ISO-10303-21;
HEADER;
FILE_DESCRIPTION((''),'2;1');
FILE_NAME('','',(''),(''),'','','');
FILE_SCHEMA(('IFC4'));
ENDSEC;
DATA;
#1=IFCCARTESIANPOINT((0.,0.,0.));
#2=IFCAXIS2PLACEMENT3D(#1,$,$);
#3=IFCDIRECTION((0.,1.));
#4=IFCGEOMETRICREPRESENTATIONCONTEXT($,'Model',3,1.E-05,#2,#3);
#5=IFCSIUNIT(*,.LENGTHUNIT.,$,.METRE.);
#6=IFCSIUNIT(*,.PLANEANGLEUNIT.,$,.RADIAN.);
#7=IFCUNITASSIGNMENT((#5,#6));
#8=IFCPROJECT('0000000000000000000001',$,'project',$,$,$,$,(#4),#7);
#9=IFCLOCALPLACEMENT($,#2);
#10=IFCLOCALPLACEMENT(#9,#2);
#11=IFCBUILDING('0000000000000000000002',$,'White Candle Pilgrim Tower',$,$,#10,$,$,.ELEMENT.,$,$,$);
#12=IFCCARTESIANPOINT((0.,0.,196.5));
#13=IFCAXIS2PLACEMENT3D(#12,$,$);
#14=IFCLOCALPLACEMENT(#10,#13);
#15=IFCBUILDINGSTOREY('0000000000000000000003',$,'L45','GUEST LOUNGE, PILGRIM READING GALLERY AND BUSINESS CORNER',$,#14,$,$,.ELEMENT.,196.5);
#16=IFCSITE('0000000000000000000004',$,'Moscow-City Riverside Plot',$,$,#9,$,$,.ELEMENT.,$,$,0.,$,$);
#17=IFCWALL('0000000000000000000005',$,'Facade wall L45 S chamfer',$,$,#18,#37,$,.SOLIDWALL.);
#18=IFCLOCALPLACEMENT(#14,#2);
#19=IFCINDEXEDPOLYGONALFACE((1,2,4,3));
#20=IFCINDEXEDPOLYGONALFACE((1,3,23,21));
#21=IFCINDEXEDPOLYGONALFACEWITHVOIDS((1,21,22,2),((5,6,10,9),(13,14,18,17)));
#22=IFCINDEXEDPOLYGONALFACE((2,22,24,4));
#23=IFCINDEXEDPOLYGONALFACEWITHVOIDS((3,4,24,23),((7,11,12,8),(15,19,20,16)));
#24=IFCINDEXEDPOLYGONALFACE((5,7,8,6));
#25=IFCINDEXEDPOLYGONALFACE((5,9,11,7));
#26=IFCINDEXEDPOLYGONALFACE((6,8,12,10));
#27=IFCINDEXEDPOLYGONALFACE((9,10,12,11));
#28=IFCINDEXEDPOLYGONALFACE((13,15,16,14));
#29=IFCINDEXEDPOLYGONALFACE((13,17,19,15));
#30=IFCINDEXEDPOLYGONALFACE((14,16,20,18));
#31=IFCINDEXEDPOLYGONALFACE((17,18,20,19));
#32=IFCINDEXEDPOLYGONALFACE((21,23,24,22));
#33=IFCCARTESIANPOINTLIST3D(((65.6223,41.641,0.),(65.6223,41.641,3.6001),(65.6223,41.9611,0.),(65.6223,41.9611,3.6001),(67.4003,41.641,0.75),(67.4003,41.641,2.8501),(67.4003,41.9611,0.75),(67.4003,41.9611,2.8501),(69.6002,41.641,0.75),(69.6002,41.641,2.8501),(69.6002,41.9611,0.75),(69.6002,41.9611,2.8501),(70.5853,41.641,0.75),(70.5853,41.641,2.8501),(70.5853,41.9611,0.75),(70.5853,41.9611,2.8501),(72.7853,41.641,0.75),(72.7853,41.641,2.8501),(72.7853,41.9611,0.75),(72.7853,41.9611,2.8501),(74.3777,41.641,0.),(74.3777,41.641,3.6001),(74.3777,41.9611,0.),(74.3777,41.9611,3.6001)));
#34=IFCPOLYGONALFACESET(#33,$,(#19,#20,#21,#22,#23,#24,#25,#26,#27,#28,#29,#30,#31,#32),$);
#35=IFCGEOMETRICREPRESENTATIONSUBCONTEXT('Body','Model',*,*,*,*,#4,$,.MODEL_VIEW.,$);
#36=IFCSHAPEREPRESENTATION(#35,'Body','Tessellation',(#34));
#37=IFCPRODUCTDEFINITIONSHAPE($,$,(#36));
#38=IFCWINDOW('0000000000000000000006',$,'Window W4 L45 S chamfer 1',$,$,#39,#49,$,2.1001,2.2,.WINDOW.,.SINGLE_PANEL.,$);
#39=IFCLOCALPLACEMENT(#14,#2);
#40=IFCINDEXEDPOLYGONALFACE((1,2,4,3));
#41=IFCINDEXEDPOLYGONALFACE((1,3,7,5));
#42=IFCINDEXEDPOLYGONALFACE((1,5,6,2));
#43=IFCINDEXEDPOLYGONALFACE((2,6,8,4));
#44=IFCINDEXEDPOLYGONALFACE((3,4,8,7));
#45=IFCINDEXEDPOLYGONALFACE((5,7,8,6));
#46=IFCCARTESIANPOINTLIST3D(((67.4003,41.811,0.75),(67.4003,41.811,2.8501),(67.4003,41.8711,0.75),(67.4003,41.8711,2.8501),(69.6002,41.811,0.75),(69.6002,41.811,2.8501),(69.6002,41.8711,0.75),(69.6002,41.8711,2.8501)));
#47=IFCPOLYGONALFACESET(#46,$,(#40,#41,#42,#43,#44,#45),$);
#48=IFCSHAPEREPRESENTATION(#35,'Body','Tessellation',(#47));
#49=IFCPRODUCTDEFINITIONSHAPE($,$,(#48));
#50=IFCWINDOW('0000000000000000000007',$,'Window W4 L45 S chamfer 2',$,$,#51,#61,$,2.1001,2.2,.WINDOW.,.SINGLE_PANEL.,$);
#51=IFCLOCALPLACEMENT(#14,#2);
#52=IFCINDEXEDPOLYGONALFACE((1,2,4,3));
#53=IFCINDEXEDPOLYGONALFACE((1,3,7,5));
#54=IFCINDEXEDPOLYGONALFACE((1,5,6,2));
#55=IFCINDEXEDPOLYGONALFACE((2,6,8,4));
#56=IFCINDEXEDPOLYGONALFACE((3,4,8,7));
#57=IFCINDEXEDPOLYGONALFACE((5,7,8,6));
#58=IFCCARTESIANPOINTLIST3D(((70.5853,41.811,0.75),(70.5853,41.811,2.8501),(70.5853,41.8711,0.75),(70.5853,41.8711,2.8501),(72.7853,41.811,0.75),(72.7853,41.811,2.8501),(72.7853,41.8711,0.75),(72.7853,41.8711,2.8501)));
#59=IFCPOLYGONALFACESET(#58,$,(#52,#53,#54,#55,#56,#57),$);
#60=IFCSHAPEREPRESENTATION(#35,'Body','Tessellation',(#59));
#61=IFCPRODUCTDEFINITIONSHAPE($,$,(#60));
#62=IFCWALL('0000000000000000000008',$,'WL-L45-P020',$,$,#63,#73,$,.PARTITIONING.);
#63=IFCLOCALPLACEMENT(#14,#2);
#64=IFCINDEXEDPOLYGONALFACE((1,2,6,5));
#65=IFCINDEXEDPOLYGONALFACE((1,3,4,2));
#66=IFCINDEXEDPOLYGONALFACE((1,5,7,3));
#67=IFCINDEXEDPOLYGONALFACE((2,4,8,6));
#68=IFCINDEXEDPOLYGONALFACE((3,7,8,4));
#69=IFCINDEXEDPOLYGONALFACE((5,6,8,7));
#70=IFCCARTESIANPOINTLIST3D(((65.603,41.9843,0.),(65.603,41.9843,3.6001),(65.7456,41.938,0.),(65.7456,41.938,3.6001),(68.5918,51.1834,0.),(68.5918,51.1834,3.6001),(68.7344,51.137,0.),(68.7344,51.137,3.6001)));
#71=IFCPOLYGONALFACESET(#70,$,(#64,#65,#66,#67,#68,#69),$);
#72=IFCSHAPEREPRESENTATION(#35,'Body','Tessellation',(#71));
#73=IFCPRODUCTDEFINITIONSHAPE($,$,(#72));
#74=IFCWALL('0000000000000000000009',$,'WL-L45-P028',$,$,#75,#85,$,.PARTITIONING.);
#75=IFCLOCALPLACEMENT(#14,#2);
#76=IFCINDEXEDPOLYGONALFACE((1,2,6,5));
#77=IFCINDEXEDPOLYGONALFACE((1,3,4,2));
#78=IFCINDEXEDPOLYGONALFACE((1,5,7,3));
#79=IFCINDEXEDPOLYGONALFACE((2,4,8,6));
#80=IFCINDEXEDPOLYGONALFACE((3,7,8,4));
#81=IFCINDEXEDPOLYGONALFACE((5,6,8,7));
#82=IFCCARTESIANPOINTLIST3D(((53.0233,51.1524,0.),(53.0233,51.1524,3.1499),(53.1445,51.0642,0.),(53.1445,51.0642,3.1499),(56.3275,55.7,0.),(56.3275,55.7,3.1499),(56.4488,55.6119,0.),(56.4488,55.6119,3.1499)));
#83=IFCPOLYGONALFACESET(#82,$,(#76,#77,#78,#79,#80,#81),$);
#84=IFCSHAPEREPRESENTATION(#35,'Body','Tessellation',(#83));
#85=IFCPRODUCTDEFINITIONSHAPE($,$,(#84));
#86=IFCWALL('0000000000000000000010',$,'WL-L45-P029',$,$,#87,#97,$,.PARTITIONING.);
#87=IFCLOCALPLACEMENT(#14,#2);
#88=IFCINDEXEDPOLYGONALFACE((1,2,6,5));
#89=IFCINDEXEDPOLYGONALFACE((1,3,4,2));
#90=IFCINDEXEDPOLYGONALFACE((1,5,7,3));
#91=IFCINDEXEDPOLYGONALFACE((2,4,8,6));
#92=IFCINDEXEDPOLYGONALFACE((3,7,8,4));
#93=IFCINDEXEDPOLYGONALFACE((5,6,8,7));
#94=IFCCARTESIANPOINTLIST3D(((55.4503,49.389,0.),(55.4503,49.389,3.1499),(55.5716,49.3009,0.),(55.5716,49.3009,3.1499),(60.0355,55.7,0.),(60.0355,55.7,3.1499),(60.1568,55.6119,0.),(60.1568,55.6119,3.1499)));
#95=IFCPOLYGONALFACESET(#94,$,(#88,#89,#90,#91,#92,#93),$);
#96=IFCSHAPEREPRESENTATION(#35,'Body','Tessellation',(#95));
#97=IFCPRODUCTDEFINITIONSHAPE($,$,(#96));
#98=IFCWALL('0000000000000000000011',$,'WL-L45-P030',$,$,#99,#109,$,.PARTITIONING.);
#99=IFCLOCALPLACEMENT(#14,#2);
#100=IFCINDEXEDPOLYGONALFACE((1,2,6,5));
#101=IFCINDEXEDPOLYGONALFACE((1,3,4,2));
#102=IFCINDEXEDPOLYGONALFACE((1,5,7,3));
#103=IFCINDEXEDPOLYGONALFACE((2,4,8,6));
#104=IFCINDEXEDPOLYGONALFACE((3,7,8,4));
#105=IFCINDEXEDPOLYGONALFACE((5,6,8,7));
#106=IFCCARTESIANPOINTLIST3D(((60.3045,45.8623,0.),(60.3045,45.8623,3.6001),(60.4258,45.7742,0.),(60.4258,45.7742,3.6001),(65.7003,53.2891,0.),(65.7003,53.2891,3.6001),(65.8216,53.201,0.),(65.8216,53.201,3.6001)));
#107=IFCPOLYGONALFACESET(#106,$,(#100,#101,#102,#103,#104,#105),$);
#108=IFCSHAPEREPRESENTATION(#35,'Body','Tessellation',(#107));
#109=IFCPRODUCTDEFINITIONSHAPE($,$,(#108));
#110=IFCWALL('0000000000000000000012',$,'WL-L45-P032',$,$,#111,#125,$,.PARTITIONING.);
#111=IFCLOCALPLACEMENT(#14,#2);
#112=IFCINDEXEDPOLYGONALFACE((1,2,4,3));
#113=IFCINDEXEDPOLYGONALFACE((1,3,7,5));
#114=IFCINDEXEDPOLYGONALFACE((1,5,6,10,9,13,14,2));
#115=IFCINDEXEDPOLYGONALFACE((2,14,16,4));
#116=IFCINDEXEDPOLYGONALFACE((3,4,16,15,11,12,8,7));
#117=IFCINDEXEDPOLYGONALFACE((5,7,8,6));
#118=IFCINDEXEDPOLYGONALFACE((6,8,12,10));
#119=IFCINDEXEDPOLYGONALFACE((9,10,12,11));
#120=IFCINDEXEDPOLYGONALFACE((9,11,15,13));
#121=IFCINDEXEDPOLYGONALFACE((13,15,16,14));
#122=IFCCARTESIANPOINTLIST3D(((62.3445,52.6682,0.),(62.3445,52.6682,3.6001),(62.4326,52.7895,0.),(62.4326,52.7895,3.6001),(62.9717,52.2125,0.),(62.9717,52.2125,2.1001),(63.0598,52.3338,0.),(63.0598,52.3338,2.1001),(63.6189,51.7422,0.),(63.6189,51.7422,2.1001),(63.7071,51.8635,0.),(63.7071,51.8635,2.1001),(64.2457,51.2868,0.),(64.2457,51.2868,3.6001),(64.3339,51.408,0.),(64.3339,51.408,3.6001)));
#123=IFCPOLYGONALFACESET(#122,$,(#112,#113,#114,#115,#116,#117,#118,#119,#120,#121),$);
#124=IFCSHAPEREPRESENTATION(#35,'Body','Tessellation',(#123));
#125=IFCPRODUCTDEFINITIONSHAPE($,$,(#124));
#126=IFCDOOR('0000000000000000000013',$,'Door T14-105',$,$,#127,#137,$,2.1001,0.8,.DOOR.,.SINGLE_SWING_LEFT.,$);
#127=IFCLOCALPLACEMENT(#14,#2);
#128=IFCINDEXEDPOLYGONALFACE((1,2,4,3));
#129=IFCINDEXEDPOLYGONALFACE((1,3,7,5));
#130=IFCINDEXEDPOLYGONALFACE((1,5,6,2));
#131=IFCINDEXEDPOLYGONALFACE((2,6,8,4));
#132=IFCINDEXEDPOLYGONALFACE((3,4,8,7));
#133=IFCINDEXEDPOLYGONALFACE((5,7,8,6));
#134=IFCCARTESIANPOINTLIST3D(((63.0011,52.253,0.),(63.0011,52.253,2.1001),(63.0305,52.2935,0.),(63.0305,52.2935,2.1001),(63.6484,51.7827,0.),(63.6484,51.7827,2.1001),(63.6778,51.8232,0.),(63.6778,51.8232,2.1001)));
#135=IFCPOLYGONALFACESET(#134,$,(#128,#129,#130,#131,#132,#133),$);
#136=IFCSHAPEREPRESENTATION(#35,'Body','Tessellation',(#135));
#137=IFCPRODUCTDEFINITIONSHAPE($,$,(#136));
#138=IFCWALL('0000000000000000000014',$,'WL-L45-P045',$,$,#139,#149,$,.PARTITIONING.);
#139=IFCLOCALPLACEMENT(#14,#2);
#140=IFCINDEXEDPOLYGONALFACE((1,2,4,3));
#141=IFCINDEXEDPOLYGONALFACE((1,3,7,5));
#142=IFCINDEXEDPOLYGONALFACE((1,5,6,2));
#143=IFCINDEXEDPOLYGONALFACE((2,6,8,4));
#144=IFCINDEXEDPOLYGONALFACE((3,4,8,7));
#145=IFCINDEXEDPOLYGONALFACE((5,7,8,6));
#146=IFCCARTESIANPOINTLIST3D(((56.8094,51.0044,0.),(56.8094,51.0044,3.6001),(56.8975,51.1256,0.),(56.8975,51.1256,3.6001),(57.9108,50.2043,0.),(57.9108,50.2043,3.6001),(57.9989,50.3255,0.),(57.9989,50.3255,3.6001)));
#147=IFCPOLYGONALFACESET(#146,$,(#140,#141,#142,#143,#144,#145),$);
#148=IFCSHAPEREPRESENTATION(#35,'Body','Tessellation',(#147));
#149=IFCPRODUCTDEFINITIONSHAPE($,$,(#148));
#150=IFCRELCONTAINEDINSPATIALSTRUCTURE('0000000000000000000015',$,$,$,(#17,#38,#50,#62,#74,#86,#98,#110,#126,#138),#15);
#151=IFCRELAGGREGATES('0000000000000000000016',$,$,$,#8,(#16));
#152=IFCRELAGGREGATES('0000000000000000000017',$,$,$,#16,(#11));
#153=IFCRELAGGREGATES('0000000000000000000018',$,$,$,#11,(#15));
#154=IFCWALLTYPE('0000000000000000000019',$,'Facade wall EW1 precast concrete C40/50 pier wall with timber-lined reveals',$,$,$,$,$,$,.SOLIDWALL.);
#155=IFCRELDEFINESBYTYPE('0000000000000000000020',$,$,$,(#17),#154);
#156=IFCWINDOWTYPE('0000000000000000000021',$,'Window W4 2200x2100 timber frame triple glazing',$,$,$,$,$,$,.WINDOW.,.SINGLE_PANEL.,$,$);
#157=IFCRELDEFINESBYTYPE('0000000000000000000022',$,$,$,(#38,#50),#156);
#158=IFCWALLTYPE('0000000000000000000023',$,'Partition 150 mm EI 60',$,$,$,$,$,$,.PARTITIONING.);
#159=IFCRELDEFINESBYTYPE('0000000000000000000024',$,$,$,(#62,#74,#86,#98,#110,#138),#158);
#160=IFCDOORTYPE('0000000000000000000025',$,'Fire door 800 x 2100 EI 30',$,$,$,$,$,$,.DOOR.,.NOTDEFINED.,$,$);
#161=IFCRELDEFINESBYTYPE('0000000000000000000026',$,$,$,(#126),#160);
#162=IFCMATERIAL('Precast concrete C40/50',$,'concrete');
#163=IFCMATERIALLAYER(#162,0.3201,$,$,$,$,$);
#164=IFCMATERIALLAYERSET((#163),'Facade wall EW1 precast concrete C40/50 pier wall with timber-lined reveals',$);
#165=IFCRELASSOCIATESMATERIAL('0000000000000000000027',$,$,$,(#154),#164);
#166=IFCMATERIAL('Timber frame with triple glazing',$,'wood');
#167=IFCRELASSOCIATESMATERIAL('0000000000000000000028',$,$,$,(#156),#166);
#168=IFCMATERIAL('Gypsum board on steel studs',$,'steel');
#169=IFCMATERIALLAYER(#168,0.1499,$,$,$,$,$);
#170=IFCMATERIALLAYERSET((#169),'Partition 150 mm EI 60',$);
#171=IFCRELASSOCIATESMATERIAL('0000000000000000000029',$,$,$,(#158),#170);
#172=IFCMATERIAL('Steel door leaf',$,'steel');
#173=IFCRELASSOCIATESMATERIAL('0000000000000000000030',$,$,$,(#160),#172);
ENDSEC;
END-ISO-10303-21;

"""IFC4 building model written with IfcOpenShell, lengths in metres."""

from ifc_helpers import new_model, si_unit, direction, frame, frame_2d, origin, place, context, subcontext, project, spatial, rectangle, extrude, material, layer, layer_set, type_object, element, fill, save


model = new_model("IFC4")

# Units and contexts
model_context = context("Model", 3, precision=1e-05, world=origin(), true_north=direction((0.0, 1.0)))
body_context = subcontext(model_context, "Body", "Model", "MODEL_VIEW")
ifc_project = project(units=[si_unit("LENGTHUNIT", "METRE"), si_unit("PLANEANGLEUNIT", "RADIAN")], contexts=[model_context])

# Site, building, storey
site_placement = place(None, origin())
site = spatial("IfcSite", under=ifc_project, at=site_placement, Name="Moscow-City Riverside Plot", CompositionType="ELEMENT", RefElevation=0.0)
building_placement = place(site_placement, origin())
building = spatial("IfcBuilding", under=site, at=building_placement, Name="White Candle Pilgrim Tower", CompositionType="ELEMENT")
storey_placement = place(building_placement, frame((0.0, 0.0, 196.5)))
storey = spatial("IfcBuildingStorey", under=building, at=storey_placement, Name="L45", Description="GUEST LOUNGE, PILGRIM READING GALLERY AND BUSINESS CORNER", CompositionType="ELEMENT", Elevation=196.5)

# Wall, openings, windows
ifc_material_1 = material(Name="Precast concrete C40/50", Category="concrete")
ifc_layer_1 = layer(ifc_material_1, 0.3201)
ifc_layer_set_1 = layer_set([ifc_layer_1], Name="Facade wall EW1 precast concrete C40/50 pier wall with timber-lined reveals")
wall_type_1 = type_object("IfcWallType", Name="Facade wall EW1 precast concrete C40/50 pier wall with timber-lined reveals", PredefinedType="SOLIDWALL", material=ifc_layer_set_1)
wall_1_placement = place(storey_placement, frame((65.6223, 41.801, 0.0), z_axis=(0.0, 0.0, 1.0), x_axis=(1.0, 0.0, 0.0)))
wall_1 = element("IfcWall", 1, at=wall_1_placement, inside=storey, type_object=wall_type_1, Name="Facade wall L45 S chamfer", PredefinedType="SOLIDWALL", context=body_context, shape_type="SweptSolid", body=[
    extrude(rectangle(XDim=8.7554, YDim=0.3201, at=frame_2d((4.3777, 0.0))), origin(), (0.0, 0.0, 1.0), 3.6001),
])
opening_1_placement = place(wall_1_placement, frame((1.7778, 0.0, 0.75)))
opening_1 = element("IfcOpeningElement", 2, at=opening_1_placement, cuts=wall_1, PredefinedType="OPENING", context=body_context, shape_type="SweptSolid", body=[
    extrude(rectangle(XDim=2.2, YDim=2.1001, at=frame_2d((1.1001, 1.05))), frame((0.0, 0.1699, 0.0), z_axis=(0.0, -1.0, 0.0), x_axis=(1.0, 0.0, 0.0)), (0.0, 0.0, 1.0), 0.3401),
])
opening_2_placement = place(wall_1_placement, frame((4.9629, 0.0, 0.75)))
opening_2 = element("IfcOpeningElement", 3, at=opening_2_placement, cuts=wall_1, PredefinedType="OPENING", context=body_context, shape_type="SweptSolid", body=[
    extrude(rectangle(XDim=2.2, YDim=2.1001, at=frame_2d((1.1001, 1.05))), frame((0.0, 0.1699, 0.0), z_axis=(0.0, -1.0, 0.0), x_axis=(1.0, 0.0, 0.0)), (0.0, 0.0, 1.0), 0.3401),
])
ifc_material_2 = material(Name="Timber frame with triple glazing", Category="wood")
window_type = type_object("IfcWindowType", Name="Window W4 2200x2100 timber frame triple glazing", PartitioningType="SINGLE_PANEL", PredefinedType="WINDOW", material=ifc_material_2)
window_1_placement = place(opening_1_placement, origin())
window_1 = element("IfcWindow", 4, at=window_1_placement, inside=storey, type_object=window_type, Name="Window W4 L45 S chamfer 1", OverallHeight=2.1001, OverallWidth=2.2, PartitioningType="SINGLE_PANEL", PredefinedType="WINDOW", context=body_context, shape_type="SweptSolid", body=[
    extrude(rectangle(XDim=2.2, YDim=2.1001, at=frame_2d((1.1001, 1.05))), frame((0.0, 0.0701, 0.0), z_axis=(0.0, -1.0, 0.0), x_axis=(1.0, 0.0, 0.0)), (0.0, 0.0, 1.0), 0.0601),
])
fill(opening_1, window_1)
window_2_placement = place(opening_2_placement, origin())
window_2 = element("IfcWindow", 5, at=window_2_placement, inside=storey, type_object=window_type, Name="Window W4 L45 S chamfer 2", OverallHeight=2.1001, OverallWidth=2.2, PartitioningType="SINGLE_PANEL", PredefinedType="WINDOW", context=body_context, shape_type="SweptSolid", body=[
    extrude(rectangle(XDim=2.2, YDim=2.1001, at=frame_2d((1.1001, 1.05))), frame((0.0, 0.0701, 0.0), z_axis=(0.0, -1.0, 0.0), x_axis=(1.0, 0.0, 0.0)), (0.0, 0.0, 1.0), 0.0601),
])
fill(opening_2, window_2)

# Walls
ifc_material_3 = material(Name="Gypsum board on steel studs", Category="steel")
ifc_layer_2 = layer(ifc_material_3, 0.1499)
ifc_layer_set_2 = layer_set([ifc_layer_2], Name="Partition 150 mm EI 60")
wall_type_2 = type_object("IfcWallType", Name="Partition 150 mm EI 60", PredefinedType="PARTITIONING", material=ifc_layer_set_2)
wall_2_placement = place(storey_placement, frame((65.6743, 41.9612, 0.0), z_axis=(0.0, 0.0, 1.0), x_axis=(0.309002, 0.951061, 0.0)))
element("IfcWall", 6, at=wall_2_placement, inside=storey, type_object=wall_type_2, Name="WL-L45-P020", PredefinedType="PARTITIONING", context=body_context, shape_type="SweptSolid", body=[
    extrude(rectangle(XDim=9.6724, YDim=0.1499, at=frame_2d((4.8362, 0.0))), origin(), (0.0, 0.0, 1.0), 3.6001),
])
wall_3_placement = place(storey_placement, frame((53.084, 51.1084, 0.0), z_axis=(0.0, 0.0, 1.0), x_axis=(0.587805, 0.809003, 0.0)))
element("IfcWall", 7, at=wall_3_placement, inside=storey, type_object=wall_type_2, Name="WL-L45-P028", PredefinedType="PARTITIONING", context=body_context, shape_type="SweptSolid", body=[
    extrude(rectangle(XDim=5.6213, YDim=0.1499, at=frame_2d((2.8105, 0.0))), origin(), (0.0, 0.0, 1.0), 3.1499),
])
wall_4_placement = place(storey_placement, frame((55.511, 49.345, 0.0), z_axis=(0.0, 0.0, 1.0), x_axis=(0.587783, 0.809019, 0.0)))
element("IfcWall", 8, at=wall_4_placement, inside=storey, type_object=wall_type_2, Name="WL-L45-P029", PredefinedType="PARTITIONING", context=body_context, shape_type="SweptSolid", body=[
    extrude(rectangle(XDim=7.8008, YDim=0.1499, at=frame_2d((3.9004, 0.0))), origin(), (0.0, 0.0, 1.0), 3.1499),
])
wall_5_placement = place(storey_placement, frame((60.3652, 45.8184, 0.0), z_axis=(0.0, 0.0, 1.0), x_axis=(0.587778, 0.809022, 0.0)))
element("IfcWall", 9, at=wall_5_placement, inside=storey, type_object=wall_type_2, Name="WL-L45-P030", PredefinedType="PARTITIONING", context=body_context, shape_type="SweptSolid", body=[
    extrude(rectangle(XDim=9.1799, YDim=0.1499, at=frame_2d((4.5898, 0.0))), origin(), (0.0, 0.0, 1.0), 3.6001),
])

# Wall, opening, door
wall_6_placement = place(storey_placement, frame((64.2898, 51.3474, 0.0), z_axis=(0.0, 0.0, 1.0), x_axis=(-0.808997, 0.587813, 0.0)))
wall_6 = element("IfcWall", 10, at=wall_6_placement, inside=storey, type_object=wall_type_2, Name="WL-L45-P032", PredefinedType="PARTITIONING", context=body_context, shape_type="SweptSolid", body=[
    extrude(rectangle(XDim=2.3501, YDim=0.1499, at=frame_2d((1.175, 0.0))), origin(), (0.0, 0.0, 1.0), 3.6001),
])
opening_3_placement = place(wall_6_placement, frame((0.7749, 0.0, 0.0)))
opening_3 = element("IfcOpeningElement", 11, at=opening_3_placement, cuts=wall_6, PredefinedType="OPENING", context=body_context, shape_type="SweptSolid", body=[
    extrude(rectangle(XDim=0.8, YDim=2.1001, at=frame_2d((0.3999, 1.05))), frame((0.0, 0.085, 0.0), z_axis=(0.0, -1.0, 0.0), x_axis=(1.0, 0.0, 0.0)), (0.0, 0.0, 1.0), 0.1699),
])
ifc_material_4 = material(Name="Steel door leaf", Category="steel")
door_type = type_object("IfcDoorType", Name="Fire door 800 x 2100 EI 30", OperationType="NOTDEFINED", PredefinedType="DOOR", material=ifc_material_4)
door_placement = place(opening_3_placement, origin())
door = element("IfcDoor", 12, at=door_placement, inside=storey, type_object=door_type, Name="Door T14-105", OperationType="SINGLE_SWING_LEFT", OverallHeight=2.1001, OverallWidth=0.8, PredefinedType="DOOR", context=body_context, shape_type="SweptSolid", body=[
    extrude(rectangle(XDim=0.8, YDim=2.1001, at=frame_2d((0.3999, 1.05))), frame((0.0, 0.0249, 0.0), z_axis=(0.0, -1.0, 0.0), x_axis=(1.0, 0.0, 0.0)), (0.0, 0.0, 1.0), 0.05),
])
fill(opening_3, door)

# Wall
wall_7_placement = place(storey_placement, frame((57.9548, 50.2649, 0.0), z_axis=(0.0, 0.0, 1.0), x_axis=(-0.809054, 0.587734, 0.0)))
element("IfcWall", 13, at=wall_7_placement, inside=storey, type_object=wall_type_2, Name="WL-L45-P045", PredefinedType="PARTITIONING", context=body_context, shape_type="SweptSolid", body=[
    extrude(rectangle(XDim=1.3613, YDim=0.1499, at=frame_2d((0.6807, 0.0))), origin(), (0.0, 0.0, 1.0), 3.6001),
])

save(model, "model.ifc")
